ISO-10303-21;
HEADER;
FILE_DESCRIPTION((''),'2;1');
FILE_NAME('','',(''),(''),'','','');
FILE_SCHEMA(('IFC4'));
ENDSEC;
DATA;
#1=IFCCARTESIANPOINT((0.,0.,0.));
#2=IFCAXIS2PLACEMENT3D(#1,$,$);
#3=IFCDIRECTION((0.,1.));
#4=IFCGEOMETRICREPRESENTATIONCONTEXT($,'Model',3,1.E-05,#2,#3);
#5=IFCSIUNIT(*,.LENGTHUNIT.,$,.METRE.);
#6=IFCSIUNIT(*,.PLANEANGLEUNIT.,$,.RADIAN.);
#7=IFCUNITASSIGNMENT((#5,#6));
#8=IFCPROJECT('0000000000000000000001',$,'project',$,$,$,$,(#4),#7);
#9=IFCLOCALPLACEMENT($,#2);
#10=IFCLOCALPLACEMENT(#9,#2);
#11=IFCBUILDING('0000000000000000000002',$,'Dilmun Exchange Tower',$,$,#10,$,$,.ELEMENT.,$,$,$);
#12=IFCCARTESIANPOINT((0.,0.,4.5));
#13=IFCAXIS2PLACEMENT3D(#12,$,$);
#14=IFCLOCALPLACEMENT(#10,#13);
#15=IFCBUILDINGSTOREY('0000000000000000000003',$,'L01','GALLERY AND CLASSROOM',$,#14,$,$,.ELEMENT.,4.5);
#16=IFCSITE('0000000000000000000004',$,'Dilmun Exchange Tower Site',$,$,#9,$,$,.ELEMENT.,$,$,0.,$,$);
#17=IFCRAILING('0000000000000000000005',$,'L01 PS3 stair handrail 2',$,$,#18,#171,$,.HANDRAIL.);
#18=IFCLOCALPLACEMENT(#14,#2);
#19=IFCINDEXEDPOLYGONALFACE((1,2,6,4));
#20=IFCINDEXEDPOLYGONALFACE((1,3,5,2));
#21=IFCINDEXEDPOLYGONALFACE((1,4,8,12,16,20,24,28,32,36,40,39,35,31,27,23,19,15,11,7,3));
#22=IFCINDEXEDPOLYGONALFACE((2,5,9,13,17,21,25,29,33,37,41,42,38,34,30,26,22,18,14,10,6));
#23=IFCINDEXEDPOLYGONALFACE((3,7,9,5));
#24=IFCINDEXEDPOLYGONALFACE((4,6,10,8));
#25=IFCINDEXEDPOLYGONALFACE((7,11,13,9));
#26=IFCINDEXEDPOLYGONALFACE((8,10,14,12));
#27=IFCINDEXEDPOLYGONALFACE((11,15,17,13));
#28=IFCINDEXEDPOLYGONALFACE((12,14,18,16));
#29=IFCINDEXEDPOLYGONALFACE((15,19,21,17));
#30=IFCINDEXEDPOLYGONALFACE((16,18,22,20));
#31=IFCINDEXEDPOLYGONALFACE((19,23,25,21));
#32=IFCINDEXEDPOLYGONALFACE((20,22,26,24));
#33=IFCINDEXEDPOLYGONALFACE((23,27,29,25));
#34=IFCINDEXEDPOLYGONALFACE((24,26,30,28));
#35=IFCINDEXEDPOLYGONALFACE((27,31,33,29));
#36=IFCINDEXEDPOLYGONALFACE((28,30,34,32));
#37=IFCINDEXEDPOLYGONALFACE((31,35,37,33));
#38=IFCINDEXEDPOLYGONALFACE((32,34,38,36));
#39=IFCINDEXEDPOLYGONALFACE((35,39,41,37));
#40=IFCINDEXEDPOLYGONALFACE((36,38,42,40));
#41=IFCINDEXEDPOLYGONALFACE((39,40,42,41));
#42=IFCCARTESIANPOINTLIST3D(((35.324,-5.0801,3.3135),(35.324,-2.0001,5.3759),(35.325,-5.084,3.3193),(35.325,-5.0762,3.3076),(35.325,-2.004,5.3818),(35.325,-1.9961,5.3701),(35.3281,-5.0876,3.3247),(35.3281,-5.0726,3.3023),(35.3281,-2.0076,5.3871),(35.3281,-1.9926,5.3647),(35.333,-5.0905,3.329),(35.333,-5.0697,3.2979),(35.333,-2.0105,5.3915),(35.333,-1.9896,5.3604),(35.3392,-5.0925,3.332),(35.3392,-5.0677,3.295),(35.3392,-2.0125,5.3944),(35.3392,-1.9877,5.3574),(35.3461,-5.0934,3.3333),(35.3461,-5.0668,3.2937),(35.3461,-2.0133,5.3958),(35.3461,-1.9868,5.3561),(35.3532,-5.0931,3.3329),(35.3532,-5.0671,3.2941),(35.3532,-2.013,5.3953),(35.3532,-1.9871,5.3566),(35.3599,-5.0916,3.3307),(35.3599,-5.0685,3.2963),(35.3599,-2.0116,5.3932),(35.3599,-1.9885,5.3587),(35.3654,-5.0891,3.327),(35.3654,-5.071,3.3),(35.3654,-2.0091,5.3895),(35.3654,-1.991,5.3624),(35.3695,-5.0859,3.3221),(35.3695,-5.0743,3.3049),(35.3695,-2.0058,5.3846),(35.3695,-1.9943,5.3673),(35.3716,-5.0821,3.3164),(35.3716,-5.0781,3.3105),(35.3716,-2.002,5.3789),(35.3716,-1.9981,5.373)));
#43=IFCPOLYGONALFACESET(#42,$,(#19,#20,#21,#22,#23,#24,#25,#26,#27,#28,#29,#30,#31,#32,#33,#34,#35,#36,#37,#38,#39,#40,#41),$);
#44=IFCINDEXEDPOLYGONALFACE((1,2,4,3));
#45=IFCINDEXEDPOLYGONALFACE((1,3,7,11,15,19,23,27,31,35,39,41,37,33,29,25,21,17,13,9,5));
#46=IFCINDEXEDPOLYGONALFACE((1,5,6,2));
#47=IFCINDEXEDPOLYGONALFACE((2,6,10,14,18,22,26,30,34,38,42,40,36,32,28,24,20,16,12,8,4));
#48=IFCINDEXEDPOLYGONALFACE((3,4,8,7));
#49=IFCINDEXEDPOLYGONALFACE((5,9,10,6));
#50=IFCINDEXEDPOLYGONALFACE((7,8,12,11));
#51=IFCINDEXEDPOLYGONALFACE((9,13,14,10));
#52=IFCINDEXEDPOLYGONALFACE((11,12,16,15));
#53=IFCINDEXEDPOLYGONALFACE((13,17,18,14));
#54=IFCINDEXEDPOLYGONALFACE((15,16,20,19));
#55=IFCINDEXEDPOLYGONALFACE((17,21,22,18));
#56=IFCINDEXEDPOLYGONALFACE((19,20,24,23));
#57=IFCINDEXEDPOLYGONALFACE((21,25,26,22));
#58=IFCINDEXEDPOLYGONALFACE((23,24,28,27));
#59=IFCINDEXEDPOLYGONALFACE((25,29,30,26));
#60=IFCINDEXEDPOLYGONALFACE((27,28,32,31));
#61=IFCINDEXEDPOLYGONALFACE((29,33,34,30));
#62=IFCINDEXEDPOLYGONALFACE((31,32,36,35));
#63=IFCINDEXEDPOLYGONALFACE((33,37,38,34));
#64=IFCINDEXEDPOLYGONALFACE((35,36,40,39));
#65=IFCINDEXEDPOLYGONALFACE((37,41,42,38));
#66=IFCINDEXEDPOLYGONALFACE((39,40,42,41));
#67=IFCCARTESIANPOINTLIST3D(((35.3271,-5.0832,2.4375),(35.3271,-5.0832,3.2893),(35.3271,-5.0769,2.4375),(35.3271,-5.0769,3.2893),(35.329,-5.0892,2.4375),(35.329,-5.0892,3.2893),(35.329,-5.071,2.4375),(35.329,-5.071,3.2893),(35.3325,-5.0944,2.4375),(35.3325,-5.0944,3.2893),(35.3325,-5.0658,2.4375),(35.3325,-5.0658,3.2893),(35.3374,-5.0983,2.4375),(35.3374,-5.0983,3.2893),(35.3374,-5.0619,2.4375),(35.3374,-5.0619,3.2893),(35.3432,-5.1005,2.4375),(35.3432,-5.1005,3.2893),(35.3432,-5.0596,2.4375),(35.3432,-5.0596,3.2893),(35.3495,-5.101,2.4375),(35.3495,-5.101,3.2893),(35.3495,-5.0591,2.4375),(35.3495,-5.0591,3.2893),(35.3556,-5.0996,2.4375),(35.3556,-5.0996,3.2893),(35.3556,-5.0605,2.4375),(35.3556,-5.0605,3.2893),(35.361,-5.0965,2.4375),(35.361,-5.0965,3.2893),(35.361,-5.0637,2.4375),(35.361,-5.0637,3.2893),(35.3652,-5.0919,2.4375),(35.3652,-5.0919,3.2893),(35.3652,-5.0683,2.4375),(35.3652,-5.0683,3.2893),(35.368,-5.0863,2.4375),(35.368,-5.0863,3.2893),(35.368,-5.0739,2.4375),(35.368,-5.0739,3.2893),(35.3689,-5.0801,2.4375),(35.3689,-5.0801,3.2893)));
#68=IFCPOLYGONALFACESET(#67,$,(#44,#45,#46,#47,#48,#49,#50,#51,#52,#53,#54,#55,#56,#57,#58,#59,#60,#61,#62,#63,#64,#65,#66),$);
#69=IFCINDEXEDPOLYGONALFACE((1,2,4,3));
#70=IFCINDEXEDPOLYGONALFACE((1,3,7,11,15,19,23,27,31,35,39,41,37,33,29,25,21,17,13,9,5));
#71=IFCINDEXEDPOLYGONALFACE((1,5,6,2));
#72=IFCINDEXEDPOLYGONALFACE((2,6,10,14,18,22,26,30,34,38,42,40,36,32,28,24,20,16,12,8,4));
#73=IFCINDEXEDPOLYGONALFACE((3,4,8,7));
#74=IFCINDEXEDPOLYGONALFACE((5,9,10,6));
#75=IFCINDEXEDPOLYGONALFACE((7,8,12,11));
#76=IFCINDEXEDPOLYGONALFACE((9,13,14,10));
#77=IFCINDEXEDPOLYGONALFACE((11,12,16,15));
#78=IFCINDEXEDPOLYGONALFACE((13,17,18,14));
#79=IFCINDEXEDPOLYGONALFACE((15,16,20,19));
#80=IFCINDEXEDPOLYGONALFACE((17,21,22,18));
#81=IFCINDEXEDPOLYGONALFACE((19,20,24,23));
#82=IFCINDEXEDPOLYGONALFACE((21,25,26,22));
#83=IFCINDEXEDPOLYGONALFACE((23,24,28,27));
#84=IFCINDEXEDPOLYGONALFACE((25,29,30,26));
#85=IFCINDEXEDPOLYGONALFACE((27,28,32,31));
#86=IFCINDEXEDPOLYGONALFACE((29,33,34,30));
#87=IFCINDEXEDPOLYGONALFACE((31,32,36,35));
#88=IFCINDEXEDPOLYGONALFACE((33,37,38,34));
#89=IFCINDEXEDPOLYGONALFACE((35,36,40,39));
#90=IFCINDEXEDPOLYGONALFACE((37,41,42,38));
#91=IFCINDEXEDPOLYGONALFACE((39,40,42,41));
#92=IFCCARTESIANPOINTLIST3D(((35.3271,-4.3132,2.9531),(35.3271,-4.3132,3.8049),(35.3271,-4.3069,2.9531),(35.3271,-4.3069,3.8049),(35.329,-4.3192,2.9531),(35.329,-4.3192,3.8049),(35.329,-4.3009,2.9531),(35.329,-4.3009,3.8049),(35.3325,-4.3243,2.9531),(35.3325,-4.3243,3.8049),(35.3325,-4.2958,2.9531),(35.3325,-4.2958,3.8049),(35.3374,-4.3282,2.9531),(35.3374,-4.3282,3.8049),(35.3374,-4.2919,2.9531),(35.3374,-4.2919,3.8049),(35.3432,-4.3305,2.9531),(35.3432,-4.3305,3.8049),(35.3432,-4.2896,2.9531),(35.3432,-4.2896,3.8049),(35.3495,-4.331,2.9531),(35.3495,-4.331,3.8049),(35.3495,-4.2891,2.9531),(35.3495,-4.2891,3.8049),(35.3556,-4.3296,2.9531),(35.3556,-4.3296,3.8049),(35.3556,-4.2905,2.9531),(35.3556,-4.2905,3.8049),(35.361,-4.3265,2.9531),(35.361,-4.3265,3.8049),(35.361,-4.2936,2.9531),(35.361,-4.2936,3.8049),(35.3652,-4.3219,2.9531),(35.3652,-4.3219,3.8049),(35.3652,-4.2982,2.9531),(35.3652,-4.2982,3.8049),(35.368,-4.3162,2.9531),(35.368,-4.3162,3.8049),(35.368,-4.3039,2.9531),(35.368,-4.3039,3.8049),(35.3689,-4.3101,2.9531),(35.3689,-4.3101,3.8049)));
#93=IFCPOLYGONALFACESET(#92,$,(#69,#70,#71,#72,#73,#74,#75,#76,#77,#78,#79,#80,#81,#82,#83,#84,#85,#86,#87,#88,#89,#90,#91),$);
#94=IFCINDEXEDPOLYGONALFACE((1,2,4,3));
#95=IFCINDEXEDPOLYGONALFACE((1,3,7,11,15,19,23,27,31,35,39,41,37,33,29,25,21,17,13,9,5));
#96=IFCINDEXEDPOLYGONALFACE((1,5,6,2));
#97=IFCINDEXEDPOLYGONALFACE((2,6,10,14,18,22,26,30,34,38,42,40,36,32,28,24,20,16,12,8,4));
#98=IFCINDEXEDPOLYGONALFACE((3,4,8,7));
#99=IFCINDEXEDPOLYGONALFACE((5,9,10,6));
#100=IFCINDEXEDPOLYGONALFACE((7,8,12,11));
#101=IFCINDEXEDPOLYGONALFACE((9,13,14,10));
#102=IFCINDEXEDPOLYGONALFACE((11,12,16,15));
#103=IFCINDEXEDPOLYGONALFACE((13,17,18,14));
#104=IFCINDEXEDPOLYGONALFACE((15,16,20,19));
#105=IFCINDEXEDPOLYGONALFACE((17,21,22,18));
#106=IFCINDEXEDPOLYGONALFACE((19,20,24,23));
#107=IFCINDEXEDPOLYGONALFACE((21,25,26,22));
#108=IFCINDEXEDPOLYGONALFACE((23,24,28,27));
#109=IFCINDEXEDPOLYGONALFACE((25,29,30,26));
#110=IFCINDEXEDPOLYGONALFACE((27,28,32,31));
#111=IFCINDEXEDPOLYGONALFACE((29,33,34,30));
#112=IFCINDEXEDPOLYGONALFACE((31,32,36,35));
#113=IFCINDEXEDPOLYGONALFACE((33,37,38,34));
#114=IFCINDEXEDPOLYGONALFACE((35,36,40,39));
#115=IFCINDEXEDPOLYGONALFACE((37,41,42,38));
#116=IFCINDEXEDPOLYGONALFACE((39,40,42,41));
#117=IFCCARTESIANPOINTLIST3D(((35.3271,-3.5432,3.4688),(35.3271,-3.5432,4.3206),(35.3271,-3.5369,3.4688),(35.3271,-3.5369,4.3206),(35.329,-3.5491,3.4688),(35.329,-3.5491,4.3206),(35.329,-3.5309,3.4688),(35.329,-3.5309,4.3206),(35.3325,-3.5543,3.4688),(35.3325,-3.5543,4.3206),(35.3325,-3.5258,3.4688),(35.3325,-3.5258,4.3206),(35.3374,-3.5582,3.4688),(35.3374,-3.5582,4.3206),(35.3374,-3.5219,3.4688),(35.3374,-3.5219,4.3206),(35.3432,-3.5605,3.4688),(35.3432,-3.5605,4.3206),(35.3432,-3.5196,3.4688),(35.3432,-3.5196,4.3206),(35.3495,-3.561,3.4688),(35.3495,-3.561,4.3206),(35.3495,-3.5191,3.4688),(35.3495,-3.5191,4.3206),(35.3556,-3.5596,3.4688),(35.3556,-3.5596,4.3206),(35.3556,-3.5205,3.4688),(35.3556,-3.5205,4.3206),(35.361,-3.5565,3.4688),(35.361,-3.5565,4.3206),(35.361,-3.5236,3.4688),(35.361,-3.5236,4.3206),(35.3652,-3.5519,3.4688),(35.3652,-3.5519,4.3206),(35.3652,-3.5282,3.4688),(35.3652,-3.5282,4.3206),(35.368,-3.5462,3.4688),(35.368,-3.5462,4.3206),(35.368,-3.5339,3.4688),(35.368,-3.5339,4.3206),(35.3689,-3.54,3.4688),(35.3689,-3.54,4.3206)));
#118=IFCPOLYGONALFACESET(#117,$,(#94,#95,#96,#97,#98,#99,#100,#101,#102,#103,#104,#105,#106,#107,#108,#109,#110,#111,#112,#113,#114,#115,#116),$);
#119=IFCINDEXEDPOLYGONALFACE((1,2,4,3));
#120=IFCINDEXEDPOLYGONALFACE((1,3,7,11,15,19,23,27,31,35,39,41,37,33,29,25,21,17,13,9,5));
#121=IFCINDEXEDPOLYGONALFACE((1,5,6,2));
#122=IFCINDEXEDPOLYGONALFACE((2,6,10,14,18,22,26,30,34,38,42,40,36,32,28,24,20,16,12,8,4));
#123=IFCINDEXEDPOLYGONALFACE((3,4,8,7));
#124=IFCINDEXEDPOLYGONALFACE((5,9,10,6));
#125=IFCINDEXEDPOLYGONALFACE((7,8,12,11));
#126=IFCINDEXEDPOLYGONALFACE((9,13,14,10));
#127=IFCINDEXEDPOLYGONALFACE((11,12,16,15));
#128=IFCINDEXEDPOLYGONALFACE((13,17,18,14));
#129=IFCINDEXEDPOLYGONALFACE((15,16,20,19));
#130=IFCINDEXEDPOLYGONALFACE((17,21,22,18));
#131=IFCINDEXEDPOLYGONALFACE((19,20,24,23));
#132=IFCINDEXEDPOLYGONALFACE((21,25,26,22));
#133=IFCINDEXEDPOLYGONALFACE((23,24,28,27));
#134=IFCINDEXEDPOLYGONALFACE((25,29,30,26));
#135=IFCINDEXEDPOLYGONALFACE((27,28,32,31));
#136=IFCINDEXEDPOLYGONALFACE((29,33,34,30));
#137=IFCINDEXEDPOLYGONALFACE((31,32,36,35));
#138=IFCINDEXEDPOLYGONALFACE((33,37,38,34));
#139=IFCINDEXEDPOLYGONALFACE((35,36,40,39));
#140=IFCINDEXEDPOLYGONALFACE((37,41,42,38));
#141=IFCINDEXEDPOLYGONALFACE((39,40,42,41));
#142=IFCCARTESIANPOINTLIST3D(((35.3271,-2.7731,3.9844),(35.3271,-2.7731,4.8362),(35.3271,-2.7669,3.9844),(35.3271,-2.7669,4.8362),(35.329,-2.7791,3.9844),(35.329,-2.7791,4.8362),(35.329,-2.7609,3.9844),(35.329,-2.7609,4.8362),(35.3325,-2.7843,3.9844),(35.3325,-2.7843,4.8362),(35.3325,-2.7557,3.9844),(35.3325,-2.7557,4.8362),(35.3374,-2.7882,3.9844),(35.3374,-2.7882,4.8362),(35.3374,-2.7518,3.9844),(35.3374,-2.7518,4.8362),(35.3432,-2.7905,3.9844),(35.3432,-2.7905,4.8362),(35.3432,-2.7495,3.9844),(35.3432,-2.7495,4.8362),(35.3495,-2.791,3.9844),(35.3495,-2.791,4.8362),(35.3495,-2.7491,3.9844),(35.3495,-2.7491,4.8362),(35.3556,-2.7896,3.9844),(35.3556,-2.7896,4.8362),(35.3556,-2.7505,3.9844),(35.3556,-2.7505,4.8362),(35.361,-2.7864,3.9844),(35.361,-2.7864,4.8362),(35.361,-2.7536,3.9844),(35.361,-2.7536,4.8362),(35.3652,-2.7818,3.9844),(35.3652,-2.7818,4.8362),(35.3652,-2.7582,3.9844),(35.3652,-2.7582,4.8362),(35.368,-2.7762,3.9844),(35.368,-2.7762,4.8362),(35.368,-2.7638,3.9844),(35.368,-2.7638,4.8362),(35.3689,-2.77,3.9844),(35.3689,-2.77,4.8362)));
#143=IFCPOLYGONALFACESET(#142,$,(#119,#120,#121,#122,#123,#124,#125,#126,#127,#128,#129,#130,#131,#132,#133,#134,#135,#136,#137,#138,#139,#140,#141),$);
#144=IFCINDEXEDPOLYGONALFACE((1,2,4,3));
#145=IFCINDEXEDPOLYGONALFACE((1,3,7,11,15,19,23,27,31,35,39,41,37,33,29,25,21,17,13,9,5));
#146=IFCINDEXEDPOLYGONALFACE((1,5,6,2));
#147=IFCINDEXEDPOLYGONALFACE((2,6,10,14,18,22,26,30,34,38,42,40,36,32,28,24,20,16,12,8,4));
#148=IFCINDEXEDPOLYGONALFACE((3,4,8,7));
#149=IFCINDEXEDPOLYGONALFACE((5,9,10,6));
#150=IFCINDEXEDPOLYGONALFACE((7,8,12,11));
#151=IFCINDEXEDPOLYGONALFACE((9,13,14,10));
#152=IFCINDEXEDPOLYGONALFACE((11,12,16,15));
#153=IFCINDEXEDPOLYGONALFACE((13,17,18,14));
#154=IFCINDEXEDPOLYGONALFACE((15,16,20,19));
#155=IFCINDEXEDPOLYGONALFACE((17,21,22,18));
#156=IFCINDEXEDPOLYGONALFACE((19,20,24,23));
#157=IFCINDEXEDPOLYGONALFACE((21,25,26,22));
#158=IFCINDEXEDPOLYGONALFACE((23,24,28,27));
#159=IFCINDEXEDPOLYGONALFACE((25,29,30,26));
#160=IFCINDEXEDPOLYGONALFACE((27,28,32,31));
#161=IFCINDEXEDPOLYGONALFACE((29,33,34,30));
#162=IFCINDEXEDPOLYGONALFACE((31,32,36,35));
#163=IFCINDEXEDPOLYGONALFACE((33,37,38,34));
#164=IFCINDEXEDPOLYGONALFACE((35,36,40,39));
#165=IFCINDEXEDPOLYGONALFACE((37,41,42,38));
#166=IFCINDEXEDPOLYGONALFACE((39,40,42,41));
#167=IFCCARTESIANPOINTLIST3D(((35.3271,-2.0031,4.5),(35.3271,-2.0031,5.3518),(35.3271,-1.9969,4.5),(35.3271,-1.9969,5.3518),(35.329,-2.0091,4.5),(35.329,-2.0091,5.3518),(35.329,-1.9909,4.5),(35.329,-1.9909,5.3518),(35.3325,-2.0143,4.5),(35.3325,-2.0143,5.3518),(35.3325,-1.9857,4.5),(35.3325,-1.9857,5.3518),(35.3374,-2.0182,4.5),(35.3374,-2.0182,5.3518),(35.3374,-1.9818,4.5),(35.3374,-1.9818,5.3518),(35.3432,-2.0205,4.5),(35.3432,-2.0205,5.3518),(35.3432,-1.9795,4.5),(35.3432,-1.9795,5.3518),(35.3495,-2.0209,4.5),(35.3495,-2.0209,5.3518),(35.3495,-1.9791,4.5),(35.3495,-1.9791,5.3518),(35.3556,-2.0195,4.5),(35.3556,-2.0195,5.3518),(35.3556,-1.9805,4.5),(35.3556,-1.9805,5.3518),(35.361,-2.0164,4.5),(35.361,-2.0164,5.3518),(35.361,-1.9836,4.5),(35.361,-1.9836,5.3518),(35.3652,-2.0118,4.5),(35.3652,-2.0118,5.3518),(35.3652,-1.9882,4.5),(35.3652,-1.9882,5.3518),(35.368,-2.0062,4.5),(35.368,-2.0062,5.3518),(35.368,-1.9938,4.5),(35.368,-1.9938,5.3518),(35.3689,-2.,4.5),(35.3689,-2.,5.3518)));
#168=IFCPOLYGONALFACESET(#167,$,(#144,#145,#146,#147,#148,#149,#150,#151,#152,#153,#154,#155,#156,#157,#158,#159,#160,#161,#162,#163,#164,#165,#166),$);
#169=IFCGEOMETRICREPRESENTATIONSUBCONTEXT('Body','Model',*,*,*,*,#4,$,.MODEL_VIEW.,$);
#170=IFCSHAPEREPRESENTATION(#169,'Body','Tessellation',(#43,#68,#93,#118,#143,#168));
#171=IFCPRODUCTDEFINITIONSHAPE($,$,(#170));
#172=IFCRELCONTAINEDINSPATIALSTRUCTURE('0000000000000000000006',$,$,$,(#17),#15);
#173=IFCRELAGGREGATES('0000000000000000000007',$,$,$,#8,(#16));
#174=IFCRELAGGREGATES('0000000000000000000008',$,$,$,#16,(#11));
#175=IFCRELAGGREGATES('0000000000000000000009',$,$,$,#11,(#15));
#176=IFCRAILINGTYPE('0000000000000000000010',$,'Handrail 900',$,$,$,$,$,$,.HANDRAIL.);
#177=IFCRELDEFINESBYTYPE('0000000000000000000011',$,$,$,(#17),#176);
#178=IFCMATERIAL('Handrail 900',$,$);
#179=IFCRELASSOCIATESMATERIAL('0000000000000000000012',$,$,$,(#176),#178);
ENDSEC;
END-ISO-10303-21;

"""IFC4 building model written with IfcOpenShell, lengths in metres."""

from ifc_helpers import new_model, si_unit, direction, frame, origin, origin_2d, place, context, subcontext, project, spatial, circle, extrude, material, type_object, element, save


model = new_model("IFC4")

# Units and contexts
model_context = context("Model", 3, precision=1e-05, world=origin(), true_north=direction((0.0, 1.0)))
body_context = subcontext(model_context, "Body", "Model", "MODEL_VIEW")
ifc_project = project(units=[si_unit("LENGTHUNIT", "METRE"), si_unit("PLANEANGLEUNIT", "RADIAN")], contexts=[model_context])

# Site, building, storey
site_placement = place(None, origin())
site = spatial("IfcSite", under=ifc_project, at=site_placement, Name="Dilmun Exchange Tower Site", CompositionType="ELEMENT", RefElevation=0.0)
building_placement = place(site_placement, origin())
building = spatial("IfcBuilding", under=site, at=building_placement, Name="Dilmun Exchange Tower", CompositionType="ELEMENT")
storey_placement = place(building_placement, frame((0.0, 0.0, 4.5)))
storey = spatial("IfcBuildingStorey", under=building, at=storey_placement, Name="L01", Description="GALLERY AND CLASSROOM", CompositionType="ELEMENT", Elevation=4.5)

# Railing
ifc_material_1 = material(Name="Handrail 900")
railing_type_1 = type_object("IfcRailingType", Name="Handrail 900", PredefinedType="HANDRAIL", material=ifc_material_1)
for number, where, name in (
    (1, (35.3479, -5.0801, 2.4375), "L01 PS3 stair handrail 2"),
):
    element("IfcRailing", number, at=place(storey_placement, frame(where)), inside=storey, type_object=railing_type_1, Name=name, PredefinedType="HANDRAIL", context=body_context, shape_type="SweptSolid", body=[
        extrude(circle(Radius=0.0239, at=origin_2d()), frame((0.0, 0.0, 0.876), z_axis=(0.0, 0.830914, 0.556401), x_axis=(-1.0, 0.0, 0.0)), (0.0, 0.0, 1.0), 3.7068),
        extrude(circle(Radius=0.021, at=origin_2d()), origin(), (0.0, 0.0, 1.0), 0.8518),
        extrude(circle(Radius=0.021, at=origin_2d()), frame((0.0, 0.77, 0.5156)), (0.0, 0.0, 1.0), 0.8518),
        extrude(circle(Radius=0.021, at=origin_2d()), frame((0.0, 1.54, 1.0312)), (0.0, 0.0, 1.0), 0.8518),
        extrude(circle(Radius=0.021, at=origin_2d()), frame((0.0, 2.3101, 1.5469)), (0.0, 0.0, 1.0), 0.8518),
        extrude(circle(Radius=0.021, at=origin_2d()), frame((0.0, 3.0801, 2.0625)), (0.0, 0.0, 1.0), 0.8518),
    ])

save(model, "model.ifc")
